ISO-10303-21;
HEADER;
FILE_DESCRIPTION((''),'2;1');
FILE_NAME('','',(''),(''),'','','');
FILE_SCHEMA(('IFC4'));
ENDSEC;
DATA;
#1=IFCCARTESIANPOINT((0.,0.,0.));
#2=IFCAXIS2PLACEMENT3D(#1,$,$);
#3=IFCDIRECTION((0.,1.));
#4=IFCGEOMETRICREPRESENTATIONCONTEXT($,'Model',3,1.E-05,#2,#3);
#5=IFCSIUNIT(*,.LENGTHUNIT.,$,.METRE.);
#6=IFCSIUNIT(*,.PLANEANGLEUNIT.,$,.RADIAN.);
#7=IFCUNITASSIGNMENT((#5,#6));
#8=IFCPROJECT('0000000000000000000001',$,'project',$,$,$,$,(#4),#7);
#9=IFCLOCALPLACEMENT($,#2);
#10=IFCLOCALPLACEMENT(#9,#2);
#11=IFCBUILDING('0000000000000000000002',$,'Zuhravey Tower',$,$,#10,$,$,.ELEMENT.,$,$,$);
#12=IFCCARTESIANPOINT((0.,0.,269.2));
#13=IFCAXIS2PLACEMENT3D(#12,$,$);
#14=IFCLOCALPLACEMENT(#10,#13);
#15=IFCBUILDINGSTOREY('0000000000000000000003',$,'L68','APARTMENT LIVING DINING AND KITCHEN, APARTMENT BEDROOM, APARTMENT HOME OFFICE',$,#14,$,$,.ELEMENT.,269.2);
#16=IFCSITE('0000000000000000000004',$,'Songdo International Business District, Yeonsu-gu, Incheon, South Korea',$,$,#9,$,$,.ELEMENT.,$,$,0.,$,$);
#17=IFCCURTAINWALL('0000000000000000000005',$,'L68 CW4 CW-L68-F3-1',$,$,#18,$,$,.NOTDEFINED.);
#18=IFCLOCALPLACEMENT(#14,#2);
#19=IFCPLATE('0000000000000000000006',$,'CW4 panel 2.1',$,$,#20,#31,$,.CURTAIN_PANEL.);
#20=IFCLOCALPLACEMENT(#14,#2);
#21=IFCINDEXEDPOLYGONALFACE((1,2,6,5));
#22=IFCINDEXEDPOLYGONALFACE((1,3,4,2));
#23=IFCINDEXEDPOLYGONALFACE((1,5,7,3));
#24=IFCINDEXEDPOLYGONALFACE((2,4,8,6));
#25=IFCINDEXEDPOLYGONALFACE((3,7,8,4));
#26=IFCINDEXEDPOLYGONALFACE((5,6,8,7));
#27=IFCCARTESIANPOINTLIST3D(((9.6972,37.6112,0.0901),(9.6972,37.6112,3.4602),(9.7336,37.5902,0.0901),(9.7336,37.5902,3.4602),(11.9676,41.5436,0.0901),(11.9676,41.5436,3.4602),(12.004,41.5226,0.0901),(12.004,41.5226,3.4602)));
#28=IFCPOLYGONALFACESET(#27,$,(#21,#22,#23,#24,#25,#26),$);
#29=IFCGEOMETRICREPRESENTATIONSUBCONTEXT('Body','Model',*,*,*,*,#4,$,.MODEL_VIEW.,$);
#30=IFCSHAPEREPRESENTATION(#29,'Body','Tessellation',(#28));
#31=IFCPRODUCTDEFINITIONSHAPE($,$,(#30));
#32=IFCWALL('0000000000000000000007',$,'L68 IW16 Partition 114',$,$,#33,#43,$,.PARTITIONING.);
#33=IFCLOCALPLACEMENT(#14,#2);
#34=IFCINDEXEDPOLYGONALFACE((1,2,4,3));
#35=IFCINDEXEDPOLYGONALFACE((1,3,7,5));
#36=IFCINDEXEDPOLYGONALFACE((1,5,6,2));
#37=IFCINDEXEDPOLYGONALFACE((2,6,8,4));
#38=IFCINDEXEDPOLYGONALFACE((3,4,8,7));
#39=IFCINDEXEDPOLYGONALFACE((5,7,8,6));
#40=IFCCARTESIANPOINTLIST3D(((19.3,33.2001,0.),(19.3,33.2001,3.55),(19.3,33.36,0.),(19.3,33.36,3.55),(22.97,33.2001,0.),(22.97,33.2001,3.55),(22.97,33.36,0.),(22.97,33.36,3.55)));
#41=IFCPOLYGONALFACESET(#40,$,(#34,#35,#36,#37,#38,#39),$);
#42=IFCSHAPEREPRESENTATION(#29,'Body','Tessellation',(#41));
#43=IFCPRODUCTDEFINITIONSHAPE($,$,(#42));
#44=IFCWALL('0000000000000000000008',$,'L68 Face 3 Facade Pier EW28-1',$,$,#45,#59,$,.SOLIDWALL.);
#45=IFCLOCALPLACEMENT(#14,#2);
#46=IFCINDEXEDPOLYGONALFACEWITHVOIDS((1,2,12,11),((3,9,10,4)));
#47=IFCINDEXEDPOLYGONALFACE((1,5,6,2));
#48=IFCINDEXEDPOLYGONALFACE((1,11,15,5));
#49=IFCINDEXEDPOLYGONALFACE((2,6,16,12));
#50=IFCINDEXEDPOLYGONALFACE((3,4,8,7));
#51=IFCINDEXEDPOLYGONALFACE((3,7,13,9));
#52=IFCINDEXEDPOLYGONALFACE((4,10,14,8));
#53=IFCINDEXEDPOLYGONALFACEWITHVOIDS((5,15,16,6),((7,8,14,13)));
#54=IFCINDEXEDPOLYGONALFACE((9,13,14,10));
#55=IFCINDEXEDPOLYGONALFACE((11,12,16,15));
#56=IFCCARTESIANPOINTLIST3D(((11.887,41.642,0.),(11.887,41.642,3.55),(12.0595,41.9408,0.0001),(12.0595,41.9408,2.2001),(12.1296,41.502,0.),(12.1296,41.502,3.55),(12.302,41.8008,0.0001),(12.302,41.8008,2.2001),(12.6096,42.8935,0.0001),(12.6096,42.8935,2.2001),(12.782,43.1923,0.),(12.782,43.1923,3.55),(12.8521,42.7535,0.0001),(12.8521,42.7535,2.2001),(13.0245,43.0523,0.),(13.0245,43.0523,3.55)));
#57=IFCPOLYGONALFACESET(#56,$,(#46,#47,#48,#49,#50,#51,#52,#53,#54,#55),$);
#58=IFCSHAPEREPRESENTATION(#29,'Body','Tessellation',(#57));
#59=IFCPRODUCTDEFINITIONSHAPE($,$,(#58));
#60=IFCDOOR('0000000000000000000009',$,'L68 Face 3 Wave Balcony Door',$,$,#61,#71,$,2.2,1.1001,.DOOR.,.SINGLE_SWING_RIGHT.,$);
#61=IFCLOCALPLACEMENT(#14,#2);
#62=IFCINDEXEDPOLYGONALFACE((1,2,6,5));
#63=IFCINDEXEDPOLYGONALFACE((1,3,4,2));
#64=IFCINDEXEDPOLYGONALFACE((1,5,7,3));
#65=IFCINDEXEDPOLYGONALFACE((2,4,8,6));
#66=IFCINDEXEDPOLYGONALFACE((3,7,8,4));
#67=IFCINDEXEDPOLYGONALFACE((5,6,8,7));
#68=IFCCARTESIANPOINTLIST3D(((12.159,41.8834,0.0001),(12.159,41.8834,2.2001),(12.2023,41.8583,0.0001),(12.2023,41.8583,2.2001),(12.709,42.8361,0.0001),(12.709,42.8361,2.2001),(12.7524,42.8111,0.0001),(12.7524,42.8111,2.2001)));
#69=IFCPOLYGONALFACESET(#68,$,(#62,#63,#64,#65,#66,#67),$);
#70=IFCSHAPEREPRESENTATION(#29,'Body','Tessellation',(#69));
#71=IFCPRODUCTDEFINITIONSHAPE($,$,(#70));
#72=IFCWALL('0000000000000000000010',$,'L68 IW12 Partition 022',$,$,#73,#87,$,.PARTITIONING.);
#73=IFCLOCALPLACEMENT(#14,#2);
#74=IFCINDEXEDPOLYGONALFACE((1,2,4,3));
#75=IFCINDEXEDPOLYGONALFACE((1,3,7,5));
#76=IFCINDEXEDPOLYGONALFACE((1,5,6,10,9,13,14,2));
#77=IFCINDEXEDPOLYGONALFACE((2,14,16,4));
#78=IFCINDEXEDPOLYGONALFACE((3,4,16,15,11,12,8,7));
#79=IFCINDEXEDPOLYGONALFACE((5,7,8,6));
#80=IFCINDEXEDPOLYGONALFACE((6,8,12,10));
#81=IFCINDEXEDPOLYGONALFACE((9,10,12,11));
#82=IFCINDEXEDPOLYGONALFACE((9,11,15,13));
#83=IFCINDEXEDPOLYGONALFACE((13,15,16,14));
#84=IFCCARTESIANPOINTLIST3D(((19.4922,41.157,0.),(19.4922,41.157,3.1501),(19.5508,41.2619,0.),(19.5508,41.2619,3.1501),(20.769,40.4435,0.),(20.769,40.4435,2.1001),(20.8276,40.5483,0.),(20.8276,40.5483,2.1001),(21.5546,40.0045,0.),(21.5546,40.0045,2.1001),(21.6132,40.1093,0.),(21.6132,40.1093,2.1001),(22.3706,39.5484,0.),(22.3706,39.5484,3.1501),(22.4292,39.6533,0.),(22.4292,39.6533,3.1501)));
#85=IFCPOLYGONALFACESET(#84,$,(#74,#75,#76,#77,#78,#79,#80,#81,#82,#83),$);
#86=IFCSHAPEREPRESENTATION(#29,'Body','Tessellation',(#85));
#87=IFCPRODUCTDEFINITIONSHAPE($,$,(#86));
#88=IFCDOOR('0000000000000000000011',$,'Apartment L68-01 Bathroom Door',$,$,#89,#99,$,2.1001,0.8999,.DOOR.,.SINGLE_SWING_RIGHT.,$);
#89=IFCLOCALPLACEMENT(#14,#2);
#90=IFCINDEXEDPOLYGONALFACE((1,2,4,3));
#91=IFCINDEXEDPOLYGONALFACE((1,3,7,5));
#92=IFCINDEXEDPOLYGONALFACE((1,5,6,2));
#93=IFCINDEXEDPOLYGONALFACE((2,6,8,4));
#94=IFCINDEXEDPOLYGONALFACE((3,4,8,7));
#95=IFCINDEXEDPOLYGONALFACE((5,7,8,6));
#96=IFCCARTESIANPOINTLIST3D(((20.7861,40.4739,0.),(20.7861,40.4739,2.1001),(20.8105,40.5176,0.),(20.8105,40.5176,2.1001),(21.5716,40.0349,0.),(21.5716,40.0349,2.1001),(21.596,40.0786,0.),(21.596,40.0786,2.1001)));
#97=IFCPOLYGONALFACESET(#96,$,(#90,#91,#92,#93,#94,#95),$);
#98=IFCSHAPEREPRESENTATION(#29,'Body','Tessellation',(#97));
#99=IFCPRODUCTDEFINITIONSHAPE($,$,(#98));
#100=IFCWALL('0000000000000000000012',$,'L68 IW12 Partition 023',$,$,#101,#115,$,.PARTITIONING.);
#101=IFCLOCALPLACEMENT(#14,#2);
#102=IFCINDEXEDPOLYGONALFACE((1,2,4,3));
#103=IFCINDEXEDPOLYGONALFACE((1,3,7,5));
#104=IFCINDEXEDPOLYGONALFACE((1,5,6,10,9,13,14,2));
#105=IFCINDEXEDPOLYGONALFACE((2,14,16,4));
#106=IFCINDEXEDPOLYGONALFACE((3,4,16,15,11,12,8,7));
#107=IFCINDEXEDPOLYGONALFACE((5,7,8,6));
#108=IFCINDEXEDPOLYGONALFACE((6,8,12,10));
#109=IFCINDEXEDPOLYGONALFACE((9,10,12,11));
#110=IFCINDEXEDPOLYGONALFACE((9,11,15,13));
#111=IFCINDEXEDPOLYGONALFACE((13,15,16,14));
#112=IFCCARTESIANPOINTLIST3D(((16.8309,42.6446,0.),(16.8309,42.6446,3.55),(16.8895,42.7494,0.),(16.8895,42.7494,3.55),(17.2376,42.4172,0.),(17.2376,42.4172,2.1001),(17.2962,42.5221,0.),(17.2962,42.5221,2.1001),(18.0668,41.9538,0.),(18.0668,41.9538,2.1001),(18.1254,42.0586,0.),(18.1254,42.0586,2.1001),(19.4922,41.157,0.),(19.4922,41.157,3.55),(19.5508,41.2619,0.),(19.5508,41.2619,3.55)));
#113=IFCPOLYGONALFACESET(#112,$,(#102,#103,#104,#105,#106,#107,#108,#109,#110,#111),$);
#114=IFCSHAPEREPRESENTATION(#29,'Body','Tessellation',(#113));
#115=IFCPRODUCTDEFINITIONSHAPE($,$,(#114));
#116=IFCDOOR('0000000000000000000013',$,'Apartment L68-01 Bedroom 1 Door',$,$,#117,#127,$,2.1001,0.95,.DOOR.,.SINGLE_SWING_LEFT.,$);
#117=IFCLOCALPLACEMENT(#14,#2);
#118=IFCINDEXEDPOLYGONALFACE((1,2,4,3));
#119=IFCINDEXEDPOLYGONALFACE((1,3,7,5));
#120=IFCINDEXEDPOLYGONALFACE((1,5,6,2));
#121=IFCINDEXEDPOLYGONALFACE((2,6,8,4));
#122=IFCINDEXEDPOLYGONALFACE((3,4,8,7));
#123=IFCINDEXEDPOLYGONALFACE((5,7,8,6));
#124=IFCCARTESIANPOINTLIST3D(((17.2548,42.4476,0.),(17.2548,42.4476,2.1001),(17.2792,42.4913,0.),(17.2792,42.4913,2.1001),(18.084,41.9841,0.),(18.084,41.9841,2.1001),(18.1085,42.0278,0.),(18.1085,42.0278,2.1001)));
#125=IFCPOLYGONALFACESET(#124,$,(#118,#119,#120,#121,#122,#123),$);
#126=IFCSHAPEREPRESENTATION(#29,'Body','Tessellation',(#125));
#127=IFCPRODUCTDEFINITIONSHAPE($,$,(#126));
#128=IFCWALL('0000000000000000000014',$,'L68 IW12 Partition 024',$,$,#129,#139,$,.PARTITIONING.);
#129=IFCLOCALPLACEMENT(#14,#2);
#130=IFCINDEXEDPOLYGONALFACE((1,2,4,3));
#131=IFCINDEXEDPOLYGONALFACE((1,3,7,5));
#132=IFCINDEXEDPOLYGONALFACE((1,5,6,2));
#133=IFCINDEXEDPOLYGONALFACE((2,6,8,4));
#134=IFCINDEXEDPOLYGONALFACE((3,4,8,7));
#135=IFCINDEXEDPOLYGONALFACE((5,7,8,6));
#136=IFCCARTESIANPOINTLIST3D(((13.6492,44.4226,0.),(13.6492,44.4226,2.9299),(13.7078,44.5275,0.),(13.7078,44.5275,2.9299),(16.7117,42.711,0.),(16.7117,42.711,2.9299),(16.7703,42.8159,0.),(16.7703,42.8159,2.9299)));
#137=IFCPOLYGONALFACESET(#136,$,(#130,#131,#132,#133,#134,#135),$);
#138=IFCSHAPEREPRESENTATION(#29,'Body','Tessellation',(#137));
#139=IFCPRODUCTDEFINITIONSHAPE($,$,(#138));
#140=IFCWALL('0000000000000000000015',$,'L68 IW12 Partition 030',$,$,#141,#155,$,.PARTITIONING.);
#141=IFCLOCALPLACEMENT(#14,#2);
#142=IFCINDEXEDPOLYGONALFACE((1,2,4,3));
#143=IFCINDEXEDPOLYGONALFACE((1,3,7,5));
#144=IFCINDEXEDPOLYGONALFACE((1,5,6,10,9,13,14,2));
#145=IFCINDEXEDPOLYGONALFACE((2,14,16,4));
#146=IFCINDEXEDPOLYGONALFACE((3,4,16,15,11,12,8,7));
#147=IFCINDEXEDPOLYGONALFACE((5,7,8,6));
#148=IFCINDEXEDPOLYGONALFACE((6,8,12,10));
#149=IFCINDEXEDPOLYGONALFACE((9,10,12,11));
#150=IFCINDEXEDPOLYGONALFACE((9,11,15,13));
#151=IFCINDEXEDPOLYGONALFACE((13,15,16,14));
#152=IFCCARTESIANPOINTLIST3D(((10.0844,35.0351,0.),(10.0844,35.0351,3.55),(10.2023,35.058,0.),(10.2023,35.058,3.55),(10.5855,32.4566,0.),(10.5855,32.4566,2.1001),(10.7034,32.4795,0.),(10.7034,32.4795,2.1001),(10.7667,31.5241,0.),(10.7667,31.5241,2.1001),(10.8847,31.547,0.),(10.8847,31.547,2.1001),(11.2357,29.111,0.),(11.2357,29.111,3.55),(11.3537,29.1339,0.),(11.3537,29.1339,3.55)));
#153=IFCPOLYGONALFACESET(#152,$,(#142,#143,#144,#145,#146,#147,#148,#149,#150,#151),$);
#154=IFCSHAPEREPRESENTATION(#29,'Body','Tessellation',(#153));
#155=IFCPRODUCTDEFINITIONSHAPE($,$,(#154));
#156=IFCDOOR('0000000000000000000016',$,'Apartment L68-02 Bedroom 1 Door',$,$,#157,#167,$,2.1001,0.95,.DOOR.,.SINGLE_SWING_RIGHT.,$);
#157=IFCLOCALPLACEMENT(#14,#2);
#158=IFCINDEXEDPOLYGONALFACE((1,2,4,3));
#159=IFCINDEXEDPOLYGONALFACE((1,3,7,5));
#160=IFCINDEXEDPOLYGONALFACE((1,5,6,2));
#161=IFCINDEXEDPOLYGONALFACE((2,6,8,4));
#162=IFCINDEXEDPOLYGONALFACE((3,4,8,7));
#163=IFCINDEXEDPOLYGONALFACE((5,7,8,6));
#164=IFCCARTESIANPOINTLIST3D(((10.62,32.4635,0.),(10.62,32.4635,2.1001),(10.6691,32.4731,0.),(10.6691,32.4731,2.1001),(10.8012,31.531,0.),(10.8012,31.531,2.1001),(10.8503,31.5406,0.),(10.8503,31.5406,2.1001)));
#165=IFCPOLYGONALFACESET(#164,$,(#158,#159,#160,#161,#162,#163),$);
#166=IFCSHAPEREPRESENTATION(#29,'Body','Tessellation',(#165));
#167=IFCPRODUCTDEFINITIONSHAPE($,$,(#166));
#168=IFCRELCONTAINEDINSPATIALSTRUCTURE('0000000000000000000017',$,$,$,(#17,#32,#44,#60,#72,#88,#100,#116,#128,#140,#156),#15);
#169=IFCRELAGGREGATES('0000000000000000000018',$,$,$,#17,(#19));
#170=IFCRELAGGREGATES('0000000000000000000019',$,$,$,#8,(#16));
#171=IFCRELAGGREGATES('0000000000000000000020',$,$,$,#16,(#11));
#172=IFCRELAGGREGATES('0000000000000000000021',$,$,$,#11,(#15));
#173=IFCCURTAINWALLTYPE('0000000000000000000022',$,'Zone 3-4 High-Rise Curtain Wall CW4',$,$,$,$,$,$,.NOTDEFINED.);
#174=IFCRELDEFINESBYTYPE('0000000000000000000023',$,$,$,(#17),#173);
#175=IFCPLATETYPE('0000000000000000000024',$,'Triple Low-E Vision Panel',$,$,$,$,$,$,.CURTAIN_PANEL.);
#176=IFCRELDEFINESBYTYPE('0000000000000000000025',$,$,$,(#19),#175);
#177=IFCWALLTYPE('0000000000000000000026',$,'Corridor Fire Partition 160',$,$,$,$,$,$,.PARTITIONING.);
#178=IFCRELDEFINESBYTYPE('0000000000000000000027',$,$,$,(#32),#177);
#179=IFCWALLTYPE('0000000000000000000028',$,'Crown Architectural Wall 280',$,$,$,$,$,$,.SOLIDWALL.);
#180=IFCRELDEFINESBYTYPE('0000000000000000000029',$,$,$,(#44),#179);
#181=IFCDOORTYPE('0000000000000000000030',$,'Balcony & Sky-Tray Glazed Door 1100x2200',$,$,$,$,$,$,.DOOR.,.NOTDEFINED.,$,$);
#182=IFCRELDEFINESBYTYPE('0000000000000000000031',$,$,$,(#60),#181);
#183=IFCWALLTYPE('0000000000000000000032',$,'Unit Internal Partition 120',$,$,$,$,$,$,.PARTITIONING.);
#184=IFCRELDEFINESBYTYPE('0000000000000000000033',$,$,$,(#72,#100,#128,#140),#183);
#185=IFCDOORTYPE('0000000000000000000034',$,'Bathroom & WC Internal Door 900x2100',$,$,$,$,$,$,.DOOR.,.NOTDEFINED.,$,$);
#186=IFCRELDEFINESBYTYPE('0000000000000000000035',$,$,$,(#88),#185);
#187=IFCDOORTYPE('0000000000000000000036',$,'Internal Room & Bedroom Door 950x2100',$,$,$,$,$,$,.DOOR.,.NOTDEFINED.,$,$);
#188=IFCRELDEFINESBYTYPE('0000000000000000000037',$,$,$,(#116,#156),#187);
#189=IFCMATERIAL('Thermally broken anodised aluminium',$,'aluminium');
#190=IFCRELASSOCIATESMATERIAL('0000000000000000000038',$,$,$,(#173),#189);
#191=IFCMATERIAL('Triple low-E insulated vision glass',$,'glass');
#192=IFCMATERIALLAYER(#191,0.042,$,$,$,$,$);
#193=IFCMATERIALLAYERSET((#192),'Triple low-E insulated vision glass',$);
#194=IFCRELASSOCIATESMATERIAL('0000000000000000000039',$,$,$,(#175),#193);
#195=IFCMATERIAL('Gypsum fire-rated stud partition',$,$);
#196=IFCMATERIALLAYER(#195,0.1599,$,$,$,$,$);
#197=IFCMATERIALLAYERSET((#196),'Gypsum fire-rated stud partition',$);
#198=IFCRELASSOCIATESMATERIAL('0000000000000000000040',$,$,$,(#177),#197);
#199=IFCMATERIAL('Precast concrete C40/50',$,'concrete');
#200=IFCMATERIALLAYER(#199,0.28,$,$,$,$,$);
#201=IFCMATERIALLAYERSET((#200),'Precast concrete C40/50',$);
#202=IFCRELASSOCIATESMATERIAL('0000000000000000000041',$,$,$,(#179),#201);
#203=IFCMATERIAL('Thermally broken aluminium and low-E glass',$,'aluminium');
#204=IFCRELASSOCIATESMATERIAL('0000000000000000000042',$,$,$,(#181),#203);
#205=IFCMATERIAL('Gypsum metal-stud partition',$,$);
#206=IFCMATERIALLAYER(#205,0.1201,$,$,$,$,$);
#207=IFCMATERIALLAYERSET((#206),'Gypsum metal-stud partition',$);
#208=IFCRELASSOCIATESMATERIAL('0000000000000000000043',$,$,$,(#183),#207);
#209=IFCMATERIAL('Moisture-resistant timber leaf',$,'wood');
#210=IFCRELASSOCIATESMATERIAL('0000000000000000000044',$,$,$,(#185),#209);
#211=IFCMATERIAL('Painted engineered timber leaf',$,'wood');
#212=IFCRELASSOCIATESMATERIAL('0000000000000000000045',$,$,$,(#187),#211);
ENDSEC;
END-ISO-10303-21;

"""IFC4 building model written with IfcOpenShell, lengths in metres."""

from ifc_helpers import new_model, si_unit, direction, frame, frame_2d, origin, origin_2d, place, context, subcontext, project, spatial, rectangle, extrude, material, layer, layer_set, type_object, element, fill, aggregate, save


model = new_model("IFC4")

# Units and contexts
model_context = context("Model", 3, precision=1e-05, world=origin(), true_north=direction((0.0, 1.0)))
body_context = subcontext(model_context, "Body", "Model", "MODEL_VIEW")
ifc_project = project(units=[si_unit("LENGTHUNIT", "METRE"), si_unit("PLANEANGLEUNIT", "RADIAN")], contexts=[model_context])

# Site, building, storey
site_placement = place(None, origin())
site = spatial("IfcSite", under=ifc_project, at=site_placement, Name="Songdo International Business District, Yeonsu-gu, Incheon, South Korea", CompositionType="ELEMENT", RefElevation=0.0)
building_placement = place(site_placement, origin())
building = spatial("IfcBuilding", under=site, at=building_placement, Name="Zuhravey Tower", CompositionType="ELEMENT")
storey_placement = place(building_placement, frame((0.0, 0.0, 269.2)))
storey = spatial("IfcBuildingStorey", under=building, at=storey_placement, Name="L68", Description="APARTMENT LIVING DINING AND KITCHEN, APARTMENT BEDROOM, APARTMENT HOME OFFICE", CompositionType="ELEMENT", Elevation=269.2)

# Curtain wall
ifc_material_1 = material(Name="Thermally broken anodised aluminium", Category="aluminium")
curtain_wall_type = type_object("IfcCurtainWallType", Name="Zone 3-4 High-Rise Curtain Wall CW4", PredefinedType="NOTDEFINED", material=ifc_material_1)
curtain_wall_placement = place(storey_placement, origin())
curtain_wall = element("IfcCurtainWall", 1, at=curtain_wall_placement, inside=storey, type_object=curtain_wall_type, Name="L68 CW4 CW-L68-F3-1", PredefinedType="NOTDEFINED")

# Plate
ifc_material_2 = material(Name="Triple low-E insulated vision glass", Category="glass")
ifc_layer_1 = layer(ifc_material_2, 0.042)
ifc_layer_set_1 = layer_set([ifc_layer_1], Name="Triple low-E insulated vision glass")
plate_type_1 = type_object("IfcPlateType", Name="Triple Low-E Vision Panel", PredefinedType="CURTAIN_PANEL", material=ifc_layer_set_1)
plate_1_placement = place(storey_placement, frame((10.8506, 39.5669, 0.0901), z_axis=(0.0, 0.0, 1.0), x_axis=(0.500006, 0.866022, 0.0)))
plate_1 = element("IfcPlate", 2, at=plate_1_placement, type_object=plate_type_1, Name="CW4 panel 2.1", PredefinedType="CURTAIN_PANEL", context=body_context, shape_type="SweptSolid", body=[
    extrude(rectangle(XDim=4.5408, YDim=0.042, at=origin_2d()), origin(), (0.0, 0.0, 1.0), 3.3701),
])
aggregate(curtain_wall, [plate_1])

# Shared definitions
ifc_material_3 = material(Name="Gypsum fire-rated stud partition")
ifc_layer_2 = layer(ifc_material_3, 0.1599)
ifc_layer_set_2 = layer_set([ifc_layer_2], Name="Gypsum fire-rated stud partition")
wall_type_1 = type_object("IfcWallType", Name="Corridor Fire Partition 160", PredefinedType="PARTITIONING", material=ifc_layer_set_2)

# Wall
wall_1_placement = place(storey_placement, frame((22.97, 33.28, 0.0), z_axis=(0.0, 0.0, 1.0), x_axis=(-1.0, 0.0, 0.0)))
element("IfcWall", 3, at=wall_1_placement, inside=storey, type_object=wall_type_1, Name="L68 IW16 Partition 114", PredefinedType="PARTITIONING", context=body_context, shape_type="SweptSolid", body=[
    extrude(rectangle(XDim=3.6699, YDim=0.1599, at=frame_2d((1.835, 0.0))), origin(), (0.0, 0.0, 1.0), 3.55),
])

# Walls, openings, doors
ifc_material_4 = material(Name="Precast concrete C40/50", Category="concrete")
ifc_layer_3 = layer(ifc_material_4, 0.28)
ifc_layer_set_3 = layer_set([ifc_layer_3], Name="Precast concrete C40/50")
wall_type_2 = type_object("IfcWallType", Name="Crown Architectural Wall 280", PredefinedType="SOLIDWALL", material=ifc_layer_set_3)
wall_2_placement = place(storey_placement, frame((12.0083, 41.572, 0.0), z_axis=(0.0, 0.0, 1.0), x_axis=(0.499982, 0.866036, 0.0)))
wall_2 = element("IfcWall", 4, at=wall_2_placement, inside=storey, type_object=wall_type_2, Name="L68 Face 3 Facade Pier EW28-1", PredefinedType="SOLIDWALL", context=body_context, shape_type="SweptSolid", body=[
    extrude(rectangle(XDim=1.79, YDim=0.28, at=frame_2d((0.895, 0.0))), origin(), (0.0, 0.0, 1.0), 3.55),
])
opening_1_placement = place(wall_2_placement, frame((0.345, 0.0, 0.0)))
opening_1 = element("IfcOpeningElement", 5, at=opening_1_placement, cuts=wall_2, PredefinedType="OPENING", context=body_context, shape_type="SweptSolid", body=[
    extrude(rectangle(XDim=1.1001, YDim=2.2, at=frame_2d((0.55, 1.1001))), frame((0.0, 0.1521, 0.0), z_axis=(0.0, -1.0, 0.0), x_axis=(1.0, 0.0, 0.0)), (0.0, 0.0, 1.0), 0.304),
])
ifc_material_5 = material(Name="Thermally broken aluminium and low-E glass", Category="aluminium")
door_type_1 = type_object("IfcDoorType", Name="Balcony & Sky-Tray Glazed Door 1100x2200", OperationType="NOTDEFINED", PredefinedType="DOOR", material=ifc_material_5)
door_1_placement = place(opening_1_placement, frame((1.1001, 0.0, 0.0), z_axis=(0.0, 0.0, 1.0), x_axis=(-1.0, 0.0, 0.0)))
door_1 = element("IfcDoor", 6, at=door_1_placement, inside=storey, type_object=door_type_1, Name="L68 Face 3 Wave Balcony Door", OperationType="SINGLE_SWING_RIGHT", OverallHeight=2.2, OverallWidth=1.1001, PredefinedType="DOOR", context=body_context, shape_type="SweptSolid", body=[
    extrude(rectangle(XDim=1.1001, YDim=2.2, at=frame_2d((0.55, 1.1001))), frame((0.0, 0.0249, 0.0), z_axis=(0.0, -1.0, 0.0), x_axis=(1.0, 0.0, 0.0)), (0.0, 0.0, 1.0), 0.05),
])
fill(opening_1, door_1)
ifc_material_6 = material(Name="Gypsum metal-stud partition")
ifc_layer_4 = layer(ifc_material_6, 0.1201)
ifc_layer_set_4 = layer_set([ifc_layer_4], Name="Gypsum metal-stud partition")
wall_type_3 = type_object("IfcWallType", Name="Unit Internal Partition 120", PredefinedType="PARTITIONING", material=ifc_layer_set_4)
wall_3_placement = place(storey_placement, frame((22.3999, 39.6008, 0.0), z_axis=(0.0, 0.0, 1.0), x_axis=(-0.872929, 0.487848, 0.0)))
wall_3 = element("IfcWall", 7, at=wall_3_placement, inside=storey, type_object=wall_type_3, Name="L68 IW12 Partition 022", PredefinedType="PARTITIONING", context=body_context, shape_type="SweptSolid", body=[
    extrude(rectangle(XDim=3.2974, YDim=0.1201, at=frame_2d((1.6487, 0.0))), origin(), (0.0, 0.0, 1.0), 3.1501),
])
opening_2_placement = place(wall_3_placement, frame((0.9348, 0.0, 0.0)))
opening_2 = element("IfcOpeningElement", 8, at=opening_2_placement, cuts=wall_3, PredefinedType="OPENING", context=body_context, shape_type="SweptSolid", body=[
    extrude(rectangle(XDim=0.8999, YDim=2.1001, at=frame_2d((0.45, 1.05))), frame((0.0, 0.072, 0.0), z_axis=(0.0, -1.0, 0.0), x_axis=(1.0, 0.0, 0.0)), (0.0, 0.0, 1.0), 0.144),
])
ifc_material_7 = material(Name="Moisture-resistant timber leaf", Category="wood")
door_type_2 = type_object("IfcDoorType", Name="Bathroom & WC Internal Door 900x2100", OperationType="NOTDEFINED", PredefinedType="DOOR", material=ifc_material_7)
door_2_placement = place(opening_2_placement, frame((0.8999, 0.0, 0.0), z_axis=(0.0, 0.0, 1.0), x_axis=(-1.0, 0.0, 0.0)))
door_2 = element("IfcDoor", 9, at=door_2_placement, inside=storey, type_object=door_type_2, Name="Apartment L68-01 Bathroom Door", OperationType="SINGLE_SWING_RIGHT", OverallHeight=2.1001, OverallWidth=0.8999, PredefinedType="DOOR", context=body_context, shape_type="SweptSolid", body=[
    extrude(rectangle(XDim=0.8999, YDim=2.1001, at=frame_2d((0.45, 1.05))), frame((0.0, 0.0249, 0.0), z_axis=(0.0, -1.0, 0.0), x_axis=(1.0, 0.0, 0.0)), (0.0, 0.0, 1.0), 0.05),
])
fill(opening_2, door_2)
wall_4_placement = place(storey_placement, frame((19.5215, 41.2095, 0.0), z_axis=(0.0, 0.0, 1.0), x_axis=(-0.8729, 0.487899, 0.0)))
wall_4 = element("IfcWall", 10, at=wall_4_placement, inside=storey, type_object=wall_type_3, Name="L68 IW12 Partition 023", PredefinedType="PARTITIONING", context=body_context, shape_type="SweptSolid", body=[
    extrude(rectangle(XDim=3.0488, YDim=0.1201, at=frame_2d((1.5244, 0.0))), origin(), (0.0, 0.0, 1.0), 3.55),
])
opening_3_placement = place(wall_4_placement, frame((1.6328, 0.0, 0.0)))
opening_3 = element("IfcOpeningElement", 11, at=opening_3_placement, cuts=wall_4, PredefinedType="OPENING", context=body_context, shape_type="SweptSolid", body=[
    extrude(rectangle(XDim=0.95, YDim=2.1001, at=frame_2d((0.4751, 1.05))), frame((0.0, 0.072, 0.0), z_axis=(0.0, -1.0, 0.0), x_axis=(1.0, 0.0, 0.0)), (0.0, 0.0, 1.0), 0.144),
])
ifc_material_8 = material(Name="Painted engineered timber leaf", Category="wood")
door_type_3 = type_object("IfcDoorType", Name="Internal Room & Bedroom Door 950x2100", OperationType="NOTDEFINED", PredefinedType="DOOR", material=ifc_material_8)
door_3_placement = place(opening_3_placement, frame((0.95, 0.0, 0.0), z_axis=(0.0, 0.0, 1.0), x_axis=(-1.0, 0.0, 0.0)))
door_3 = element("IfcDoor", 12, at=door_3_placement, inside=storey, type_object=door_type_3, Name="Apartment L68-01 Bedroom 1 Door", OperationType="SINGLE_SWING_LEFT", OverallHeight=2.1001, OverallWidth=0.95, PredefinedType="DOOR", context=body_context, shape_type="SweptSolid", body=[
    extrude(rectangle(XDim=0.95, YDim=2.1001, at=frame_2d((0.4751, 1.05))), frame((0.0, 0.0249, 0.0), z_axis=(0.0, -1.0, 0.0), x_axis=(1.0, 0.0, 0.0)), (0.0, 0.0, 1.0), 0.05),
])
fill(opening_3, door_3)

# Wall
wall_5_placement = place(storey_placement, frame((16.741, 42.7634, 0.0), z_axis=(0.0, 0.0, 1.0), x_axis=(-0.87291, 0.487881, 0.0)))
element("IfcWall", 13, at=wall_5_placement, inside=storey, type_object=wall_type_3, Name="L68 IW12 Partition 024", PredefinedType="PARTITIONING", context=body_context, shape_type="SweptSolid", body=[
    extrude(rectangle(XDim=3.5083, YDim=0.1201, at=frame_2d((1.7542, 0.0))), origin(), (0.0, 0.0, 1.0), 2.9299),
])

# Wall, opening, door
wall_6_placement = place(storey_placement, frame((10.1433, 35.0466, 0.0), z_axis=(0.0, 0.0, 1.0), x_axis=(0.190784, -0.981632, 0.0)))
wall_6 = element("IfcWall", 14, at=wall_6_placement, inside=storey, type_object=wall_type_3, Name="L68 IW12 Partition 030", PredefinedType="PARTITIONING", context=body_context, shape_type="SweptSolid", body=[
    extrude(rectangle(XDim=6.0349, YDim=0.1201, at=frame_2d((3.0176, 0.0))), origin(), (0.0, 0.0, 1.0), 3.55),
])
opening_4_placement = place(wall_6_placement, frame((2.6267, 0.0, 0.0)))
opening_4 = element("IfcOpeningElement", 15, at=opening_4_placement, cuts=wall_6, PredefinedType="OPENING", context=body_context, shape_type="SweptSolid", body=[
    extrude(rectangle(XDim=0.95, YDim=2.1001, at=frame_2d((0.4751, 1.05))), frame((0.0, 0.072, 0.0), z_axis=(0.0, -1.0, 0.0), x_axis=(1.0, 0.0, 0.0)), (0.0, 0.0, 1.0), 0.144),
])
door_4_placement = place(opening_4_placement, frame((0.95, 0.0, 0.0), z_axis=(0.0, 0.0, 1.0), x_axis=(-1.0, 0.0, 0.0)))
door_4 = element("IfcDoor", 16, at=door_4_placement, inside=storey, type_object=door_type_3, Name="Apartment L68-02 Bedroom 1 Door", OperationType="SINGLE_SWING_RIGHT", OverallHeight=2.1001, OverallWidth=0.95, PredefinedType="DOOR", context=body_context, shape_type="SweptSolid", body=[
    extrude(rectangle(XDim=0.95, YDim=2.1001, at=frame_2d((0.4751, 1.05))), frame((0.0, 0.0249, 0.0), z_axis=(0.0, -1.0, 0.0), x_axis=(1.0, 0.0, 0.0)), (0.0, 0.0, 1.0), 0.05),
])
fill(opening_4, door_4)

save(model, "model.ifc")
